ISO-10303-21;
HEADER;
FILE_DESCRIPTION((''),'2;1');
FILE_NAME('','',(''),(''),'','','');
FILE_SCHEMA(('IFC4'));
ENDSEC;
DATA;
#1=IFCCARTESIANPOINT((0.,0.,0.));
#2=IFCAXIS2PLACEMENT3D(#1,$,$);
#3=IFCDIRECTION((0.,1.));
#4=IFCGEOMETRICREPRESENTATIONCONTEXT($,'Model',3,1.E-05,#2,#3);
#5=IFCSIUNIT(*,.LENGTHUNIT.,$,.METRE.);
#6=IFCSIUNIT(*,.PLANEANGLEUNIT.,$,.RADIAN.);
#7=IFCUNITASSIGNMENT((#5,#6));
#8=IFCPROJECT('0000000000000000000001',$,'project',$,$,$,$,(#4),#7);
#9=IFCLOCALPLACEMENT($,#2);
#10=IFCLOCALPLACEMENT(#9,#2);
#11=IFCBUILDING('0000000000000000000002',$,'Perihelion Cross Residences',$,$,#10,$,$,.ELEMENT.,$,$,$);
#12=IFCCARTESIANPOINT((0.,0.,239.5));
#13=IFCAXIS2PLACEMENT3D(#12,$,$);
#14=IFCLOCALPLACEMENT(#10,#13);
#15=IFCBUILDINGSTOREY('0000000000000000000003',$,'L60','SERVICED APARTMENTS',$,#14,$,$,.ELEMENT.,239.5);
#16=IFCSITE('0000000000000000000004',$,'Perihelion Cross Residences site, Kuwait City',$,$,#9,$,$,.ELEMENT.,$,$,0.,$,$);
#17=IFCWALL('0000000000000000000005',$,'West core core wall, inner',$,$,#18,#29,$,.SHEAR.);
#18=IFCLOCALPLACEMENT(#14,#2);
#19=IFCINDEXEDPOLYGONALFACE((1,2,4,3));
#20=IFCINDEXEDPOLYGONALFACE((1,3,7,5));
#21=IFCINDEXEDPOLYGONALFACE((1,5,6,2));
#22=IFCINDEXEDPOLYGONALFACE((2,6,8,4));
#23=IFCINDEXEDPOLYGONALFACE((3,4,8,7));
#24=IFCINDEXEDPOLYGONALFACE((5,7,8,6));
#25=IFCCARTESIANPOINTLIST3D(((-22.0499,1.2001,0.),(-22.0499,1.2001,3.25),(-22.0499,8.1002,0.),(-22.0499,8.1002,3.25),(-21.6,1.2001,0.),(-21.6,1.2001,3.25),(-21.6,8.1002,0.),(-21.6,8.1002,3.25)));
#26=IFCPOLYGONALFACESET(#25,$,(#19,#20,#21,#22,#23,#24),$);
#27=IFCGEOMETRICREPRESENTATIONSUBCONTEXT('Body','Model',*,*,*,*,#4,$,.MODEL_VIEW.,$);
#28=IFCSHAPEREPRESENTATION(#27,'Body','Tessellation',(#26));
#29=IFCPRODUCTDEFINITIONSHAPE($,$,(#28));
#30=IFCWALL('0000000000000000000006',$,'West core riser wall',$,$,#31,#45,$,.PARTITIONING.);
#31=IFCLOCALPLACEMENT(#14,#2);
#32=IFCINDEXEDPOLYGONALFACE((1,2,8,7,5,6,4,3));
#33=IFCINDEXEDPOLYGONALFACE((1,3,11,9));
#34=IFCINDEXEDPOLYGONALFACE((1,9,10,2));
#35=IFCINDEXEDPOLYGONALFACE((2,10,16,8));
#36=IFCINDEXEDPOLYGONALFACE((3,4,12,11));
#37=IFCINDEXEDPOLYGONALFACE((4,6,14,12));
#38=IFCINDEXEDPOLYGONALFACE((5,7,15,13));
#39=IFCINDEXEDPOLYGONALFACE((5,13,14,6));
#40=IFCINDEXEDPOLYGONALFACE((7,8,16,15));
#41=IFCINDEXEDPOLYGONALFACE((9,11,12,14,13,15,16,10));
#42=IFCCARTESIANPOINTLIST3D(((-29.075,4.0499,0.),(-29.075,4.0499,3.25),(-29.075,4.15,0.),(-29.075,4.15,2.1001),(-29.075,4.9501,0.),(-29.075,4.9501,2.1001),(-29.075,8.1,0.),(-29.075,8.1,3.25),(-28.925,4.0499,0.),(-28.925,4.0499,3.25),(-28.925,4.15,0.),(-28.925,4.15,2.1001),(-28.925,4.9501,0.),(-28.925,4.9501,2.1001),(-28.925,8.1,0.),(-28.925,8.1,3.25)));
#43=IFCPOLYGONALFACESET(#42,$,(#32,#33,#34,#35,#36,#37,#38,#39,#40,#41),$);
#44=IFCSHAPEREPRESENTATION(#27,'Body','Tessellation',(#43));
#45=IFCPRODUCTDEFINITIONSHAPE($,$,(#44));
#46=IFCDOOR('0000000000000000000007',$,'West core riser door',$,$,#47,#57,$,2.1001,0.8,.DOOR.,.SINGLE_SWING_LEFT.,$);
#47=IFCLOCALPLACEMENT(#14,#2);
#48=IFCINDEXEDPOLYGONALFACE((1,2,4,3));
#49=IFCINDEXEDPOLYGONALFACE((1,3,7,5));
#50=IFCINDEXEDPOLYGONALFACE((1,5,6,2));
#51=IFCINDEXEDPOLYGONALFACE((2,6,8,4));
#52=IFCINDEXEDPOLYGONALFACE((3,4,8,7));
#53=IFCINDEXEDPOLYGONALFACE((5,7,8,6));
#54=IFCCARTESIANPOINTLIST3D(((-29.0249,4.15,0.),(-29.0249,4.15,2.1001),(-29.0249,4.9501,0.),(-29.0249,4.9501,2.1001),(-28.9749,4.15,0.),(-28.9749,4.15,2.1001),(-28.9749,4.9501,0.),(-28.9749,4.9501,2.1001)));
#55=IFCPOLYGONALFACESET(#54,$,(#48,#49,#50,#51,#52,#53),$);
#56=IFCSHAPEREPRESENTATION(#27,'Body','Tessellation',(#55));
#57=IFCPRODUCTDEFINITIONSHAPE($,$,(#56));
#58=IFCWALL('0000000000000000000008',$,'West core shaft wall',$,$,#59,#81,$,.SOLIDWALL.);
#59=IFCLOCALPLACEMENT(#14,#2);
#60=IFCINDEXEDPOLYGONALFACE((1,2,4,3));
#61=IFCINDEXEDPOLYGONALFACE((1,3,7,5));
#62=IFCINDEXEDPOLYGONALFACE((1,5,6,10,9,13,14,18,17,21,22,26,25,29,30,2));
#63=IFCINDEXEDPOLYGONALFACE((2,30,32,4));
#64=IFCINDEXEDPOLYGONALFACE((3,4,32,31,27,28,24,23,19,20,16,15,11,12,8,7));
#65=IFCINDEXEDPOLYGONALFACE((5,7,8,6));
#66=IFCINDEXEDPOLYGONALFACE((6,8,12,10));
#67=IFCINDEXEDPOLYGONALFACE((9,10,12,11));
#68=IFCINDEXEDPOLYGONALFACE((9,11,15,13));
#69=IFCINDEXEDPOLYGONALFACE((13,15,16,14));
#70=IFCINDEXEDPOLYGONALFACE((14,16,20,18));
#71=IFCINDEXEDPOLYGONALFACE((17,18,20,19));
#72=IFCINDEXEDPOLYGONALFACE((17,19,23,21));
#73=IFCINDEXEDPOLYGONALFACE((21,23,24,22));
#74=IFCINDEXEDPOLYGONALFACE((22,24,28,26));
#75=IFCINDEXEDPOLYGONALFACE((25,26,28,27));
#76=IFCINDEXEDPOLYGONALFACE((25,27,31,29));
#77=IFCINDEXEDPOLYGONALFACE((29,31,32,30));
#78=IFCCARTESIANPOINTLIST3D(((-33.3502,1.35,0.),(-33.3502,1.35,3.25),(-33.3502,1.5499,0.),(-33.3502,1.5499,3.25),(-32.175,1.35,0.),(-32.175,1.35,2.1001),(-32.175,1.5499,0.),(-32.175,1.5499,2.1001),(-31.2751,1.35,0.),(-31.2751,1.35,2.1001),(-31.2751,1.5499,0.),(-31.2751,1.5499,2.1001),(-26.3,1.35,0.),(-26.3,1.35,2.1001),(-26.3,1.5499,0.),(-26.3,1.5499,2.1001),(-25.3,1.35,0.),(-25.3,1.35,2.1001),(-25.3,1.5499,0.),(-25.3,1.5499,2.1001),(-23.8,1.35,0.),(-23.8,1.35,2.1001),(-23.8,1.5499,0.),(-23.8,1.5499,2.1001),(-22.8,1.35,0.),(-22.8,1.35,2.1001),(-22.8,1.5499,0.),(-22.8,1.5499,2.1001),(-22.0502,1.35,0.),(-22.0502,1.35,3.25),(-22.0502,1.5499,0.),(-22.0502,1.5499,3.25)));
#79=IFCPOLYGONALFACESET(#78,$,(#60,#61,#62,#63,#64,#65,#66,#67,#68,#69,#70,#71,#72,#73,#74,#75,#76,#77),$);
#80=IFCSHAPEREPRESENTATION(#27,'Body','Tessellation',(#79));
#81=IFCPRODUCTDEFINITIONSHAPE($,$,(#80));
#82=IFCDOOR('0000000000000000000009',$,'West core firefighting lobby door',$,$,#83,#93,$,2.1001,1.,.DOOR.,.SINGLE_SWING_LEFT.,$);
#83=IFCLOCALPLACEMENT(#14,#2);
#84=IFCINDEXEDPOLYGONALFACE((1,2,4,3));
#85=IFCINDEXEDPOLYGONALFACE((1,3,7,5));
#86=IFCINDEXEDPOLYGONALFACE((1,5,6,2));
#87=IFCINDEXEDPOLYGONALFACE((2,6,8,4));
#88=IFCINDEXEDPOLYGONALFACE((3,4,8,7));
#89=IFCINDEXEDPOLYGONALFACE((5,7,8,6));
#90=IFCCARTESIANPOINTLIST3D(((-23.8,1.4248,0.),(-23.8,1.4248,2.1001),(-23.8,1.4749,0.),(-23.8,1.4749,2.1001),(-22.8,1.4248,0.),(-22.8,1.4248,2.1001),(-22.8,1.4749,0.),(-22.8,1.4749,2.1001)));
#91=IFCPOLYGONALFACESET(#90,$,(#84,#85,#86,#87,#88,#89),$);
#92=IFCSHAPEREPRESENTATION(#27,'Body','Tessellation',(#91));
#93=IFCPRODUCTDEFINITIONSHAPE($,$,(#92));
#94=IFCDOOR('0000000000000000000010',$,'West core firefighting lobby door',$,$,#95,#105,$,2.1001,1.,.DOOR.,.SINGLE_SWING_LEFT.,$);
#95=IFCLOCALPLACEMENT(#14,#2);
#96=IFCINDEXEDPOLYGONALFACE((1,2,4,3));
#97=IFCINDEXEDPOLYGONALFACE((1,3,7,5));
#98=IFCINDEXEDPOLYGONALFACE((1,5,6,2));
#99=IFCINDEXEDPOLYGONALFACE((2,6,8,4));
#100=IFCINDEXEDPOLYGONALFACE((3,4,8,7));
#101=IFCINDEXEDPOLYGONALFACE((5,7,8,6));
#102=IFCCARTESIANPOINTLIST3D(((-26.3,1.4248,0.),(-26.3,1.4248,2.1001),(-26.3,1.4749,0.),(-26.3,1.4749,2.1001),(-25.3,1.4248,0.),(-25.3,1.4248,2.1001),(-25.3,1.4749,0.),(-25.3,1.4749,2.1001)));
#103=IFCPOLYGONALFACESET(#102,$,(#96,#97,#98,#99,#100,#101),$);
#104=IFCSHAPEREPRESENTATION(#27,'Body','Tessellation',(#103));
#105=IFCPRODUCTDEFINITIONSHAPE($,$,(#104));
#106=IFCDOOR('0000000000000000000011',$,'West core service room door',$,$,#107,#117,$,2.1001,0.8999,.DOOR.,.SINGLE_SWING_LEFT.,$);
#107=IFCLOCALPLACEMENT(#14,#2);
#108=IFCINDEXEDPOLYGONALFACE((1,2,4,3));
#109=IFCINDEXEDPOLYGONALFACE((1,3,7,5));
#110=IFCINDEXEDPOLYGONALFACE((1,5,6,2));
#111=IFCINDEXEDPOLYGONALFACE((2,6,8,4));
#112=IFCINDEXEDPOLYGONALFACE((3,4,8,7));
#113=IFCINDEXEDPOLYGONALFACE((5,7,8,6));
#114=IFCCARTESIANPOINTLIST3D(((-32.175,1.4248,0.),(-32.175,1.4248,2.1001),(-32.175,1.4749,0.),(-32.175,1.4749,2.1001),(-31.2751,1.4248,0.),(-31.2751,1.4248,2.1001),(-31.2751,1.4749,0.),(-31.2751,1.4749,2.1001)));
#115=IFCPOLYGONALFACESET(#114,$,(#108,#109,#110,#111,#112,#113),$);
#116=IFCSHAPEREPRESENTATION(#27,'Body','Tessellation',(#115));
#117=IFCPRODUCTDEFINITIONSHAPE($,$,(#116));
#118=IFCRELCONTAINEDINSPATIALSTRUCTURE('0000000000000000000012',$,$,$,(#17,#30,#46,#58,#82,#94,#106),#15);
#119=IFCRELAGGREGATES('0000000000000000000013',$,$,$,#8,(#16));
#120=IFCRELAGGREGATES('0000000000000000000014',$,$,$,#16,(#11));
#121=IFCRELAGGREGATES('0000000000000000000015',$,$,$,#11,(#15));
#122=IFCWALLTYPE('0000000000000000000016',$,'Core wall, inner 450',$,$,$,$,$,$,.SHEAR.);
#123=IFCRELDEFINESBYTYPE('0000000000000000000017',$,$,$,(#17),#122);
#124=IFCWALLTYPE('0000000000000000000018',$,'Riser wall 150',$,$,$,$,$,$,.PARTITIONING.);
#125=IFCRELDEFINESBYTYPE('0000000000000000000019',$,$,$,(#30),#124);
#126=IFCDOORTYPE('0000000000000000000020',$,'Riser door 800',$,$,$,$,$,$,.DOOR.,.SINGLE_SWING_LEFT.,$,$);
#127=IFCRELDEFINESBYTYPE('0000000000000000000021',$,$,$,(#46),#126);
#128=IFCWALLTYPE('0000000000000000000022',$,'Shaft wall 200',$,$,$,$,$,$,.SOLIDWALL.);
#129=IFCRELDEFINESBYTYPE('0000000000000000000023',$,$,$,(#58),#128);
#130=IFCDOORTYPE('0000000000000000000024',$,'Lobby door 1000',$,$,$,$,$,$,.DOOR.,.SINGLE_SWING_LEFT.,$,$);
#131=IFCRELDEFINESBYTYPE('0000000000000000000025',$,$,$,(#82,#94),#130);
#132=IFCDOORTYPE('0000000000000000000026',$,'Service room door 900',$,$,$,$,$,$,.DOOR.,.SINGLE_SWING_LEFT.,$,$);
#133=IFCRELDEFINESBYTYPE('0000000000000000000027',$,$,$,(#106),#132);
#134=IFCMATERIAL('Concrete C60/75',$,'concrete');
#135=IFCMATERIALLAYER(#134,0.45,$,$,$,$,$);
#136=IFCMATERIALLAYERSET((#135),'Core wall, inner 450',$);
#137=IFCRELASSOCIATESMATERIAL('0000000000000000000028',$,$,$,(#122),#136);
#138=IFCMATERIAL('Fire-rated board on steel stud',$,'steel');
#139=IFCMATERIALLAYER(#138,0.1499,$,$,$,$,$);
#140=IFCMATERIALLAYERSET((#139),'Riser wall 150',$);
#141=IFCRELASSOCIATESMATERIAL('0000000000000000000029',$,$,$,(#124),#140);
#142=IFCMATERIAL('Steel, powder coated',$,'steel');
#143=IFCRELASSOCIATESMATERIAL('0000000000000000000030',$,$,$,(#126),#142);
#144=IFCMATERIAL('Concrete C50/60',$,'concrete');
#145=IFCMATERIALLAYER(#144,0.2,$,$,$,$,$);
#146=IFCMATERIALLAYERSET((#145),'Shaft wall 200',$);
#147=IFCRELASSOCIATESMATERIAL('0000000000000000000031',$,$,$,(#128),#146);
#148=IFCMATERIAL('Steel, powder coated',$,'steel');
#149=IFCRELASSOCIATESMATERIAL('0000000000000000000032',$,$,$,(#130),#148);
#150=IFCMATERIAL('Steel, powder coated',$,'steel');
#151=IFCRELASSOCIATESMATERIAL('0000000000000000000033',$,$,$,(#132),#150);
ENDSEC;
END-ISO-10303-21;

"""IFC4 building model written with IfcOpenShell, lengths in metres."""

from ifc_helpers import new_model, si_unit, direction, frame, frame_2d, origin, place, context, subcontext, project, spatial, rectangle, extrude, material, layer, layer_set, type_object, element, fill, save


model = new_model("IFC4")

# Units and contexts
model_context = context("Model", 3, precision=1e-05, world=origin(), true_north=direction((0.0, 1.0)))
body_context = subcontext(model_context, "Body", "Model", "MODEL_VIEW")
ifc_project = project(units=[si_unit("LENGTHUNIT", "METRE"), si_unit("PLANEANGLEUNIT", "RADIAN")], contexts=[model_context])

# Site, building, storey
site_placement = place(None, origin())
site = spatial("IfcSite", under=ifc_project, at=site_placement, Name="Perihelion Cross Residences site, Kuwait City", CompositionType="ELEMENT", RefElevation=0.0)
building_placement = place(site_placement, origin())
building = spatial("IfcBuilding", under=site, at=building_placement, Name="Perihelion Cross Residences", CompositionType="ELEMENT")
storey_placement = place(building_placement, frame((0.0, 0.0, 239.5)))
storey = spatial("IfcBuildingStorey", under=building, at=storey_placement, Name="L60", Description="SERVICED APARTMENTS", CompositionType="ELEMENT", Elevation=239.5)

# Wall
ifc_material_1 = material(Name="Concrete C60/75", Category="concrete")
ifc_layer_1 = layer(ifc_material_1, 0.45)
ifc_layer_set_1 = layer_set([ifc_layer_1], Name="Core wall, inner 450")
wall_type_1 = type_object("IfcWallType", Name="Core wall, inner 450", PredefinedType="SHEAR", material=ifc_layer_set_1)
wall_1_placement = place(storey_placement, frame((-21.825, 1.2, 0.0), z_axis=(0.0, 0.0, 1.0), x_axis=(0.0, 1.0, 0.0)))
element("IfcWall", 1, at=wall_1_placement, inside=storey, type_object=wall_type_1, Name="West core core wall, inner", PredefinedType="SHEAR", context=body_context, shape_type="SweptSolid", body=[
    extrude(rectangle(XDim=6.9001, YDim=0.45, at=frame_2d((3.4502, 0.0))), origin(), (0.0, 0.0, 1.0), 3.25),
])

# Wall, opening, door
ifc_material_2 = material(Name="Fire-rated board on steel stud", Category="steel")
ifc_layer_2 = layer(ifc_material_2, 0.1499)
ifc_layer_set_2 = layer_set([ifc_layer_2], Name="Riser wall 150")
wall_type_2 = type_object("IfcWallType", Name="Riser wall 150", PredefinedType="PARTITIONING", material=ifc_layer_set_2)
wall_2_placement = place(storey_placement, frame((-29.0, 4.05, 0.0), z_axis=(0.0, 0.0, 1.0), x_axis=(0.0, 1.0, 0.0)))
wall_2 = element("IfcWall", 2, at=wall_2_placement, inside=storey, type_object=wall_type_2, Name="West core riser wall", PredefinedType="PARTITIONING", context=body_context, shape_type="SweptSolid", body=[
    extrude(rectangle(XDim=4.05, YDim=0.1499, at=frame_2d((2.0249, 0.0))), origin(), (0.0, 0.0, 1.0), 3.25),
])
opening_1_placement = place(wall_2_placement, frame((0.1001, 0.0, 0.0)))
opening_1 = element("IfcOpeningElement", 3, at=opening_1_placement, cuts=wall_2, PredefinedType="OPENING", context=body_context, shape_type="SweptSolid", body=[
    extrude(rectangle(XDim=0.8, YDim=2.1001, at=frame_2d((0.3999, 1.05))), frame((0.0, 0.085, 0.0), z_axis=(0.0, -1.0, 0.0), x_axis=(1.0, 0.0, 0.0)), (0.0, 0.0, 1.0), 0.1699),
])
ifc_material_3 = material(Name="Steel, powder coated", Category="steel")
door_type_1 = type_object("IfcDoorType", Name="Riser door 800", OperationType="SINGLE_SWING_LEFT", PredefinedType="DOOR", material=ifc_material_3)
door_1_placement = place(opening_1_placement, origin())
door_1 = element("IfcDoor", 4, at=door_1_placement, inside=storey, type_object=door_type_1, Name="West core riser door", OperationType="SINGLE_SWING_LEFT", OverallHeight=2.1001, OverallWidth=0.8, PredefinedType="DOOR", context=body_context, shape_type="SweptSolid", body=[
    extrude(rectangle(XDim=0.8, YDim=2.1001, at=frame_2d((0.3999, 1.05))), frame((0.0, 0.0249, 0.0), z_axis=(0.0, -1.0, 0.0), x_axis=(1.0, 0.0, 0.0)), (0.0, 0.0, 1.0), 0.05),
])
fill(opening_1, door_1)

# Wall, openings, doors
ifc_material_4 = material(Name="Concrete C50/60", Category="concrete")
ifc_layer_3 = layer(ifc_material_4, 0.2)
ifc_layer_set_3 = layer_set([ifc_layer_3], Name="Shaft wall 200")
wall_type_3 = type_object("IfcWallType", Name="Shaft wall 200", PredefinedType="SOLIDWALL", material=ifc_layer_set_3)
wall_3_placement = place(storey_placement, frame((-33.3501, 1.45, 0.0), z_axis=(0.0, 0.0, 1.0), x_axis=(1.0, 0.0, 0.0)))
wall_3 = element("IfcWall", 5, at=wall_3_placement, inside=storey, type_object=wall_type_3, Name="West core shaft wall", PredefinedType="SOLIDWALL", context=body_context, shape_type="SweptSolid", body=[
    extrude(rectangle(XDim=11.3, YDim=0.2, at=frame_2d((5.6499, 0.0))), origin(), (0.0, 0.0, 1.0), 3.25),
])
opening_2_placement = place(wall_3_placement, frame((9.55, 0.0, 0.0)))
opening_2 = element("IfcOpeningElement", 6, at=opening_2_placement, cuts=wall_3, PredefinedType="OPENING", context=body_context, shape_type="SweptSolid", body=[
    extrude(rectangle(XDim=1.0, YDim=2.1001, at=frame_2d((0.5, 1.05))), frame((0.0, 0.1099, 0.0), z_axis=(0.0, -1.0, 0.0), x_axis=(1.0, 0.0, 0.0)), (0.0, 0.0, 1.0), 0.22),
])
opening_3_placement = place(wall_3_placement, frame((7.05, 0.0, 0.0)))
opening_3 = element("IfcOpeningElement", 7, at=opening_3_placement, cuts=wall_3, PredefinedType="OPENING", context=body_context, shape_type="SweptSolid", body=[
    extrude(rectangle(XDim=1.0, YDim=2.1001, at=frame_2d((0.5, 1.05))), frame((0.0, 0.1099, 0.0), z_axis=(0.0, -1.0, 0.0), x_axis=(1.0, 0.0, 0.0)), (0.0, 0.0, 1.0), 0.22),
])
opening_4_placement = place(wall_3_placement, frame((1.175, 0.0, 0.0)))
opening_4 = element("IfcOpeningElement", 8, at=opening_4_placement, cuts=wall_3, PredefinedType="OPENING", context=body_context, shape_type="SweptSolid", body=[
    extrude(rectangle(XDim=0.8999, YDim=2.1001, at=frame_2d((0.45, 1.05))), frame((0.0, 0.1099, 0.0), z_axis=(0.0, -1.0, 0.0), x_axis=(1.0, 0.0, 0.0)), (0.0, 0.0, 1.0), 0.22),
])
ifc_material_5 = material(Name="Steel, powder coated", Category="steel")
door_type_2 = type_object("IfcDoorType", Name="Lobby door 1000", OperationType="SINGLE_SWING_LEFT", PredefinedType="DOOR", material=ifc_material_5)
door_2_placement = place(opening_2_placement, origin())
door_2 = element("IfcDoor", 9, at=door_2_placement, inside=storey, type_object=door_type_2, Name="West core firefighting lobby door", OperationType="SINGLE_SWING_LEFT", OverallHeight=2.1001, OverallWidth=1.0, PredefinedType="DOOR", context=body_context, shape_type="SweptSolid", body=[
    extrude(rectangle(XDim=1.0, YDim=2.1001, at=frame_2d((0.5, 1.05))), frame((0.0, 0.0249, 0.0), z_axis=(0.0, -1.0, 0.0), x_axis=(1.0, 0.0, 0.0)), (0.0, 0.0, 1.0), 0.05),
])
fill(opening_2, door_2)
door_3_placement = place(opening_3_placement, origin())
door_3 = element("IfcDoor", 10, at=door_3_placement, inside=storey, type_object=door_type_2, Name="West core firefighting lobby door", OperationType="SINGLE_SWING_LEFT", OverallHeight=2.1001, OverallWidth=1.0, PredefinedType="DOOR", context=body_context, shape_type="SweptSolid", body=[
    extrude(rectangle(XDim=1.0, YDim=2.1001, at=frame_2d((0.5, 1.05))), frame((0.0, 0.0249, 0.0), z_axis=(0.0, -1.0, 0.0), x_axis=(1.0, 0.0, 0.0)), (0.0, 0.0, 1.0), 0.05),
])
fill(opening_3, door_3)
ifc_material_6 = material(Name="Steel, powder coated", Category="steel")
door_type_3 = type_object("IfcDoorType", Name="Service room door 900", OperationType="SINGLE_SWING_LEFT", PredefinedType="DOOR", material=ifc_material_6)
door_4_placement = place(opening_4_placement, origin())
door_4 = element("IfcDoor", 11, at=door_4_placement, inside=storey, type_object=door_type_3, Name="West core service room door", OperationType="SINGLE_SWING_LEFT", OverallHeight=2.1001, OverallWidth=0.8999, PredefinedType="DOOR", context=body_context, shape_type="SweptSolid", body=[
    extrude(rectangle(XDim=0.8999, YDim=2.1001, at=frame_2d((0.45, 1.05))), frame((0.0, 0.0249, 0.0), z_axis=(0.0, -1.0, 0.0), x_axis=(1.0, 0.0, 0.0)), (0.0, 0.0, 1.0), 0.05),
])
fill(opening_4, door_4)

save(model, "model.ifc")
